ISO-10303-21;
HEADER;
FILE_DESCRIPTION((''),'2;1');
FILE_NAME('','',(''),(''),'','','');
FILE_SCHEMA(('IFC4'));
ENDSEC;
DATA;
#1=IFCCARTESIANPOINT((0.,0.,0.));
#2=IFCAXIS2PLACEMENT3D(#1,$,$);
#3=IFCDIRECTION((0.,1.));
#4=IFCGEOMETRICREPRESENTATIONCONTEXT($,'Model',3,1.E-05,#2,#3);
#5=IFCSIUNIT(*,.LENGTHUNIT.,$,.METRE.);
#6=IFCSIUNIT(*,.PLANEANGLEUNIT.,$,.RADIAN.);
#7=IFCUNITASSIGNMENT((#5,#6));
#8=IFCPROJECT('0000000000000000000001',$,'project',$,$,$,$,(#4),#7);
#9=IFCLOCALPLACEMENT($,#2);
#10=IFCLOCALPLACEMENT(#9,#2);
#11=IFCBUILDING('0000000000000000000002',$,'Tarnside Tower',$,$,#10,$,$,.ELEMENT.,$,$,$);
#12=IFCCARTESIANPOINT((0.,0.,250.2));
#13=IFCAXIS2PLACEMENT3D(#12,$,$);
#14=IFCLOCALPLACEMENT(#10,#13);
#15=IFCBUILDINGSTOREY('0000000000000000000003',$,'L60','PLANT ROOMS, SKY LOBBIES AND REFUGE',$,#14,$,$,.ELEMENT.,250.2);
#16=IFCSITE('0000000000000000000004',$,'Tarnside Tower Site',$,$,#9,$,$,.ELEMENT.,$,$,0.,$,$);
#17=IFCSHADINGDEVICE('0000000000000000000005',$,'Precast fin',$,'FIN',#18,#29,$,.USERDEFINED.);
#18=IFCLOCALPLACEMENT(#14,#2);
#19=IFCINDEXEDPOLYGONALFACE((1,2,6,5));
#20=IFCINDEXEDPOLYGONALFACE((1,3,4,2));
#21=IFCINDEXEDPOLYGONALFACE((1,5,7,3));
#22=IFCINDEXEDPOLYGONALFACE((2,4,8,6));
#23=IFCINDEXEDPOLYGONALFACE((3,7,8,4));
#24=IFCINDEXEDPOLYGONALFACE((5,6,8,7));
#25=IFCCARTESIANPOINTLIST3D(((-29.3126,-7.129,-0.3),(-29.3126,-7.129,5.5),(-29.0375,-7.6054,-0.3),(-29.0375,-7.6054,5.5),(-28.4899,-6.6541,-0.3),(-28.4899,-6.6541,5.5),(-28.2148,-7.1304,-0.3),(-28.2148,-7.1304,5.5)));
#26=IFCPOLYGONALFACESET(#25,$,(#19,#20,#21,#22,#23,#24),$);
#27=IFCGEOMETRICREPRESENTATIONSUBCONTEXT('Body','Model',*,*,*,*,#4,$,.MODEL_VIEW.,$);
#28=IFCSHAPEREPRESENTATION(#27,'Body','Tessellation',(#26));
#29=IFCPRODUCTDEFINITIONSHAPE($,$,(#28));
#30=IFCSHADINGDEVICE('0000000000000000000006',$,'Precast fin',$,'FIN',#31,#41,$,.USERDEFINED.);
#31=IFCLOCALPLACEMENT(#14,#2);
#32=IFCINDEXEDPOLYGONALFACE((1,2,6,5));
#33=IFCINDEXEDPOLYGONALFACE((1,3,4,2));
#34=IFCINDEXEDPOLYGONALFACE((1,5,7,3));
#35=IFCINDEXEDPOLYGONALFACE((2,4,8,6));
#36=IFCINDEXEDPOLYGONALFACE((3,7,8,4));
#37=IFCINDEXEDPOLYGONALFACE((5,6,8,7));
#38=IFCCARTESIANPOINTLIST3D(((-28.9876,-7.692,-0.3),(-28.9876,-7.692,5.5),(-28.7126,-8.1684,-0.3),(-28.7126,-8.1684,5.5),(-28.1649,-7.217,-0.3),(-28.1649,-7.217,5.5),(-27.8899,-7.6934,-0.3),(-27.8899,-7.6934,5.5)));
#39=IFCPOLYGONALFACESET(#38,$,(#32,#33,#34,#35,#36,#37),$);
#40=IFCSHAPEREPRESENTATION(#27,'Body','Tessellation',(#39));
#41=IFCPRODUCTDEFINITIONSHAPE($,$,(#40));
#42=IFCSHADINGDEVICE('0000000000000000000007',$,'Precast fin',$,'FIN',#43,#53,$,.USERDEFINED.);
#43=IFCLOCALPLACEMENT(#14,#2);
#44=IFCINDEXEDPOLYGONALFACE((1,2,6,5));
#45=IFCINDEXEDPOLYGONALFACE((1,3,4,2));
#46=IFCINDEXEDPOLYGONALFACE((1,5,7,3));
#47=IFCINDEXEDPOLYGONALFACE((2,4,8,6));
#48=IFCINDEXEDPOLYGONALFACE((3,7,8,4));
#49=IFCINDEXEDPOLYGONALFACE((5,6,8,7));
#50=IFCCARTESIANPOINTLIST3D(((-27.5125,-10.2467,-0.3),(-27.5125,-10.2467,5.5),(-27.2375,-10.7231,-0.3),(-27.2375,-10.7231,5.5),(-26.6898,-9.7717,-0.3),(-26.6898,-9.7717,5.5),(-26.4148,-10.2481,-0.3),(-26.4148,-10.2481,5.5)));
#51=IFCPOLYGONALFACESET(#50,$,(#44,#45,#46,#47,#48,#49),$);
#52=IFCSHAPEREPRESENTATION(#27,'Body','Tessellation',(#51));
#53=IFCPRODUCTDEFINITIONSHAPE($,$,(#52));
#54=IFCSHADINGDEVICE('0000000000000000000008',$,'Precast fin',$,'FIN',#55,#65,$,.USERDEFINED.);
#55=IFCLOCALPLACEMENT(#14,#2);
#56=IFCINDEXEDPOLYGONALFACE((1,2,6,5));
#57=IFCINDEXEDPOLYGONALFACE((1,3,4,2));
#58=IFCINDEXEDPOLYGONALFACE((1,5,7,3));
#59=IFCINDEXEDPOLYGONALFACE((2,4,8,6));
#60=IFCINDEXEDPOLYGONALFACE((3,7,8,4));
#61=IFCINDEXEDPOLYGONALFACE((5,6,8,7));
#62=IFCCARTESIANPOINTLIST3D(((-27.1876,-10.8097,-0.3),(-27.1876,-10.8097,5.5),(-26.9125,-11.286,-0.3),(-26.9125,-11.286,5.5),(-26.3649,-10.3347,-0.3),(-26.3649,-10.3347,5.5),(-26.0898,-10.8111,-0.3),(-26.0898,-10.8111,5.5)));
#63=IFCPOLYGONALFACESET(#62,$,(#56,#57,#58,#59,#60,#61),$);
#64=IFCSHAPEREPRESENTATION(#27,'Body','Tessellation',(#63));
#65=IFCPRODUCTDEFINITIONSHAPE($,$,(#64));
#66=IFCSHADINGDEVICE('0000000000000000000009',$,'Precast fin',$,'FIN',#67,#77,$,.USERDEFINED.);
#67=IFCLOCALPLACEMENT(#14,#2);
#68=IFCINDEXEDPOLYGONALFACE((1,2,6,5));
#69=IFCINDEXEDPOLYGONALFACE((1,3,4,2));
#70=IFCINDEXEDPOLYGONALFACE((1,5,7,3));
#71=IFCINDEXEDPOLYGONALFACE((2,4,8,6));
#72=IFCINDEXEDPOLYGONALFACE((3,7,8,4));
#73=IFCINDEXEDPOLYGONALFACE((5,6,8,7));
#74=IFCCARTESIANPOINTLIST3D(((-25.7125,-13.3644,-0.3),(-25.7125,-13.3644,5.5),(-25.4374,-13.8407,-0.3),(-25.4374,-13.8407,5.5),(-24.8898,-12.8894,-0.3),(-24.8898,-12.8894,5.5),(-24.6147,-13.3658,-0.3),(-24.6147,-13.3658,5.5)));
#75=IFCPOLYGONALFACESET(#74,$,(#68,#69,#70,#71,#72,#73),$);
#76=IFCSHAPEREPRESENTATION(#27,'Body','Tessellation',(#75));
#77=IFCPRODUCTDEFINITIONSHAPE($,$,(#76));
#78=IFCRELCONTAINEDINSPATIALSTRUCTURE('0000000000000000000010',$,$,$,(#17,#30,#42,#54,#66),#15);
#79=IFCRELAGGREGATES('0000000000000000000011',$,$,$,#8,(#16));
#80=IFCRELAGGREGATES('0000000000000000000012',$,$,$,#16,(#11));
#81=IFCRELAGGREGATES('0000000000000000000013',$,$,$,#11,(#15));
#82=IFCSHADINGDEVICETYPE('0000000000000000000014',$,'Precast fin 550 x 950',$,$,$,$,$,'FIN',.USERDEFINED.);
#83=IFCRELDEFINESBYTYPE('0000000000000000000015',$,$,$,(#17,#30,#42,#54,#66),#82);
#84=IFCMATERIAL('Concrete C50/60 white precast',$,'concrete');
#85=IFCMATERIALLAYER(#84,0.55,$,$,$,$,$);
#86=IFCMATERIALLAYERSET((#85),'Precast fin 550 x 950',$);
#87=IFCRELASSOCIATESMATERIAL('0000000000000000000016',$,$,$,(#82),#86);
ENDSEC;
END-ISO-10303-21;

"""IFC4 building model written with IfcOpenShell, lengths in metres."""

from ifc_helpers import new_model, si_unit, direction, frame, origin, place, context, subcontext, project, spatial, polyline, outline, extrude, material, layer, layer_set, type_object, element, save


model = new_model("IFC4")

# Units and contexts
model_context = context("Model", 3, precision=1e-05, world=origin(), true_north=direction((0.0, 1.0)))
body_context = subcontext(model_context, "Body", "Model", "MODEL_VIEW")
ifc_project = project(units=[si_unit("LENGTHUNIT", "METRE"), si_unit("PLANEANGLEUNIT", "RADIAN")], contexts=[model_context])

# Site, building, storey
site_placement = place(None, origin())
site = spatial("IfcSite", under=ifc_project, at=site_placement, Name="Tarnside Tower Site", CompositionType="ELEMENT", RefElevation=0.0)
building_placement = place(site_placement, origin())
building = spatial("IfcBuilding", under=site, at=building_placement, Name="Tarnside Tower", CompositionType="ELEMENT")
storey_placement = place(building_placement, frame((0.0, 0.0, 250.2)))
storey = spatial("IfcBuildingStorey", under=building, at=storey_placement, Name="L60", Description="PLANT ROOMS, SKY LOBBIES AND REFUGE", CompositionType="ELEMENT", Elevation=250.2)

# Shading devices
ifc_material_1 = material(Name="Concrete C50/60 white precast", Category="concrete")
ifc_layer_1 = layer(ifc_material_1, 0.55)
ifc_layer_set_1 = layer_set([ifc_layer_1], Name="Precast fin 550 x 950")
shading_device_type = type_object("IfcShadingDeviceType", Name="Precast fin 550 x 950", ElementType="FIN", PredefinedType="USERDEFINED", material=ifc_layer_set_1)
for number, where, z_axis, x_axis, name in (
    (1, (-28.3523, -6.8923, -0.3), (-0.5, 0.866025, 0.0), (-0.866025, -0.5, 0.0), "Precast fin"),
    (2, (-28.0273, -7.4553, -0.3), (-0.5, 0.866025, 0.0), (-0.866025, -0.5, 0.0), "Precast fin"),
    (3, (-26.5522, -10.01, -0.3), (-0.5, 0.866025, 0.0), (-0.866025, -0.5, 0.0), "Precast fin"),
    (4, (-26.2273, -10.573, -0.3), (-0.5, 0.866025, 0.0), (-0.866025, -0.5, 0.0), "Precast fin"),
    (5, (-24.7522, -13.1277, -0.3), (-0.5, 0.866025, 0.0), (-0.866025, -0.5, 0.0), "Precast fin"),
):
    element("IfcShadingDevice", number, at=place(storey_placement, frame(where, z_axis=z_axis, x_axis=x_axis)), inside=storey, type_object=shading_device_type, Name=name, ObjectType="FIN", PredefinedType="USERDEFINED", context=body_context, shape_type="SweptSolid", body=[
        extrude(outline(polyline([(0.0, 0.0), (0.95, 0.0), (0.95, 5.8), (0.0, 5.8), (0.0, 0.0)])), frame((0.0, 0.0, -0.2749)), (0.0, 0.0, 1.0), 0.55),
    ])

save(model, "model.ifc")
